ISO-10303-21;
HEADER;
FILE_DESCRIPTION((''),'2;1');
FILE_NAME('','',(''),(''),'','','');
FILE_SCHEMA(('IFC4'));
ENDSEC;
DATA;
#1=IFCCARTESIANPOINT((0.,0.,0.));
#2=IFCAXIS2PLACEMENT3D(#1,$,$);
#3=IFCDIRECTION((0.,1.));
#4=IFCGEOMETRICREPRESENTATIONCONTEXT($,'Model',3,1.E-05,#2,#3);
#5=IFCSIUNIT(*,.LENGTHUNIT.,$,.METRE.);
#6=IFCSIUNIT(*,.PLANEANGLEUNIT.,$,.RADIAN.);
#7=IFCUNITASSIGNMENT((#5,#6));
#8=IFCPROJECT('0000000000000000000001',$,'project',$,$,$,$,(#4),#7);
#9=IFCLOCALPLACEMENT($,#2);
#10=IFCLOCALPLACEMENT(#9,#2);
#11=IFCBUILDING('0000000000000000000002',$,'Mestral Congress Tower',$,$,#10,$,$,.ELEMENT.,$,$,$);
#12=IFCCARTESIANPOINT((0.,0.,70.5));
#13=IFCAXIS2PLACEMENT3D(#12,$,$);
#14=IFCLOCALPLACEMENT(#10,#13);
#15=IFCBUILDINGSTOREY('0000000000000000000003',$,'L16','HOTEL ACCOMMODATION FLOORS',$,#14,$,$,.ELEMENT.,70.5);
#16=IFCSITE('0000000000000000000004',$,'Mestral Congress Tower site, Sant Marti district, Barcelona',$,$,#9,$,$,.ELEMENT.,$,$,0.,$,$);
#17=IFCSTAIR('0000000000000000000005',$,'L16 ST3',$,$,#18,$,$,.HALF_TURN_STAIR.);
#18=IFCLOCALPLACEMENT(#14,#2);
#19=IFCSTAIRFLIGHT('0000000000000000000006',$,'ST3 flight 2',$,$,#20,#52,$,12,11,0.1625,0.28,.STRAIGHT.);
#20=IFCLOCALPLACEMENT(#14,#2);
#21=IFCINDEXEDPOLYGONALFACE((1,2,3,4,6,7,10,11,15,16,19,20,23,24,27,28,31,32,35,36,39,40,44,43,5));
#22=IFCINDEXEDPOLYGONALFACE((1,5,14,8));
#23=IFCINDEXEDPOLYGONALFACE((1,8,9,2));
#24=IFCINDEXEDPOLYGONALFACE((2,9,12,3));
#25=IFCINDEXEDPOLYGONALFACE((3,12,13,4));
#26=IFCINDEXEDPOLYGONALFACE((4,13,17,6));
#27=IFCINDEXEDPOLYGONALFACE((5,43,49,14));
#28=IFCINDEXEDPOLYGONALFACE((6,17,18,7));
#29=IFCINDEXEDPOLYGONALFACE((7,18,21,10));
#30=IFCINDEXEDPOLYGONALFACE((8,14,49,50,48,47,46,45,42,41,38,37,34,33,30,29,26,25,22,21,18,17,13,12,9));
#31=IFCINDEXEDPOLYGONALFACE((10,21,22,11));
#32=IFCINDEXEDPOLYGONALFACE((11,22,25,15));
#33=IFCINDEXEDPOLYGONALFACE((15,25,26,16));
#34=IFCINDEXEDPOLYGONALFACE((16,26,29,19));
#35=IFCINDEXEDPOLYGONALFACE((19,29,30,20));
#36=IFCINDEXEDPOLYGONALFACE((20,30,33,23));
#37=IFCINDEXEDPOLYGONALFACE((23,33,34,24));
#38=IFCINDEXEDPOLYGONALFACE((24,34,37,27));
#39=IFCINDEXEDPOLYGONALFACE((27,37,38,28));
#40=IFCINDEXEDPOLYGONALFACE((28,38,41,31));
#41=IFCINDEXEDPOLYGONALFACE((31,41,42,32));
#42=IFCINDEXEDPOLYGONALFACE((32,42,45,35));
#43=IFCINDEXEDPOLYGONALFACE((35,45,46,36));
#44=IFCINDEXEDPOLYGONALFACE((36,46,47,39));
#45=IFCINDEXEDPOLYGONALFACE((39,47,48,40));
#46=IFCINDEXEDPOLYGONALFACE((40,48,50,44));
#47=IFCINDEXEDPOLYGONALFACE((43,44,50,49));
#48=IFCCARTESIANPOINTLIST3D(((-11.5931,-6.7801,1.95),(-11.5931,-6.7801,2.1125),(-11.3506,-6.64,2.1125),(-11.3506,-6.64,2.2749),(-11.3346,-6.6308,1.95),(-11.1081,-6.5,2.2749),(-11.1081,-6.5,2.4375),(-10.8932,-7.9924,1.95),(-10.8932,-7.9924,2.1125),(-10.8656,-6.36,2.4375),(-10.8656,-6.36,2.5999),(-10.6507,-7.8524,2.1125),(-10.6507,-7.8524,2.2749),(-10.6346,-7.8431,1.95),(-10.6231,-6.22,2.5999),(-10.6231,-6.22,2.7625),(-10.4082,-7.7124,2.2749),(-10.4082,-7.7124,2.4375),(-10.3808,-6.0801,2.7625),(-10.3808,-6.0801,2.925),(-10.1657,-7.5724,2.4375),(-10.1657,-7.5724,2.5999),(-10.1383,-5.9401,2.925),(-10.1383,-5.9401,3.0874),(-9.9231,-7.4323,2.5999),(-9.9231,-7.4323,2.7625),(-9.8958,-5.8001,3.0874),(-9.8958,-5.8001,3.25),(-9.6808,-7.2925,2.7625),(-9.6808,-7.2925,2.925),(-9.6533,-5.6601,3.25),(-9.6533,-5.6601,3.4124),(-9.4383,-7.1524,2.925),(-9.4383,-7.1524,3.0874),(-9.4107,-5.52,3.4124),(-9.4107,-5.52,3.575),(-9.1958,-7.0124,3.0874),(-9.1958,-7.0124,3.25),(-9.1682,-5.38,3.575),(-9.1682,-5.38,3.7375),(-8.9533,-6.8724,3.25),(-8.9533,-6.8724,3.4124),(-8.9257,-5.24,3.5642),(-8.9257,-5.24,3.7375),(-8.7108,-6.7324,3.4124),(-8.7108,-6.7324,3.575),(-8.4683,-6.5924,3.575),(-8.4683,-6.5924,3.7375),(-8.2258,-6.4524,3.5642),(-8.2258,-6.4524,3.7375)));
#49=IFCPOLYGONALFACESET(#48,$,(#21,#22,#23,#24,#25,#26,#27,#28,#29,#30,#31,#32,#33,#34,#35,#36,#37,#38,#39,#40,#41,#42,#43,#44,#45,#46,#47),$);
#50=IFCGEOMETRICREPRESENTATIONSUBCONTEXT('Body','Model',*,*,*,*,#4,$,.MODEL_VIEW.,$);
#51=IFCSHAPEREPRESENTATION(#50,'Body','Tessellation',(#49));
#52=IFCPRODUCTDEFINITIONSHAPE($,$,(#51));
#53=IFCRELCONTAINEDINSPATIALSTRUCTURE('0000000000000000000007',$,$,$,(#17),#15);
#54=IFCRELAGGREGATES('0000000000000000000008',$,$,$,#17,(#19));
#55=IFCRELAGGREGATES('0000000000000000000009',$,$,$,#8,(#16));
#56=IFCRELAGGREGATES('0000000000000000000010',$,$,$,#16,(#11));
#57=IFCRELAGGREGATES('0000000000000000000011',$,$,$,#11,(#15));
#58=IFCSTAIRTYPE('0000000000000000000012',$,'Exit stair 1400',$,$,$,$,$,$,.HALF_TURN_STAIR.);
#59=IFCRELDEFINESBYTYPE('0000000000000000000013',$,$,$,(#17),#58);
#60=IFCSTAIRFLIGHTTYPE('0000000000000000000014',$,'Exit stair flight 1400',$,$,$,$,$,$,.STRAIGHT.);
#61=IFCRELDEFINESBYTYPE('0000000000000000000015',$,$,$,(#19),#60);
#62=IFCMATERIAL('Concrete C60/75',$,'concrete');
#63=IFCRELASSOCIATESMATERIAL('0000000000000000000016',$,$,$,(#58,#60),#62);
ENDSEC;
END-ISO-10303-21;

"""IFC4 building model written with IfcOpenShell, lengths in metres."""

from ifc_helpers import new_model, si_unit, direction, frame, origin, place, context, subcontext, project, spatial, polyline, outline, extrude, material, type_object, element, aggregate, save


model = new_model("IFC4")

# Units and contexts
model_context = context("Model", 3, precision=1e-05, world=origin(), true_north=direction((0.0, 1.0)))
body_context = subcontext(model_context, "Body", "Model", "MODEL_VIEW")
ifc_project = project(units=[si_unit("LENGTHUNIT", "METRE"), si_unit("PLANEANGLEUNIT", "RADIAN")], contexts=[model_context])

# Site, building, storey
site_placement = place(None, origin())
site = spatial("IfcSite", under=ifc_project, at=site_placement, Name="Mestral Congress Tower site, Sant Marti district, Barcelona", CompositionType="ELEMENT", RefElevation=0.0)
building_placement = place(site_placement, origin())
building = spatial("IfcBuilding", under=site, at=building_placement, Name="Mestral Congress Tower", CompositionType="ELEMENT")
storey_placement = place(building_placement, frame((0.0, 0.0, 70.5)))
storey = spatial("IfcBuildingStorey", under=building, at=storey_placement, Name="L16", Description="HOTEL ACCOMMODATION FLOORS", CompositionType="ELEMENT", Elevation=70.5)

# Shared definitions
ifc_material_1 = material(Name="Concrete C60/75", Category="concrete")

# Stair, stair flight
stair_type = type_object("IfcStairType", Name="Exit stair 1400", PredefinedType="HALF_TURN_STAIR", material=ifc_material_1)
stair_placement = place(storey_placement, origin())
stair = element("IfcStair", 1, at=stair_placement, inside=storey, type_object=stair_type, Name="L16 ST3", PredefinedType="HALF_TURN_STAIR")
stair_flight_type = type_object("IfcStairFlightType", Name="Exit stair flight 1400", PredefinedType="STRAIGHT", material=ifc_material_1)
stair_flight_1_placement = place(storey_placement, frame((-11.2432, -7.3862, 1.95), z_axis=(0.0, 0.0, 1.0), x_axis=(0.866025, 0.5, 0.0)))
stair_flight_1 = element("IfcStairFlight", 2, at=stair_flight_1_placement, type_object=stair_flight_type, Name="ST3 flight 2", NumberOfRisers=12, NumberOfTreads=11, PredefinedType="STRAIGHT", RiserHeight=0.1625, TreadLength=0.28, context=body_context, shape_type="SweptSolid", body=[
    extrude(outline(polyline([(0.0, 0.0), (0.0, 0.1626), (0.28, 0.1626), (0.28, 0.325), (0.5601, 0.325), (0.5601, 0.4875), (0.8401, 0.4875), (0.8401, 0.6499), (1.1201, 0.6499), (1.1201, 0.8125), (1.3999, 0.8125), (1.3999, 0.9751), (1.6799, 0.9751), (1.6799, 1.1375), (1.96, 1.1375), (1.96, 1.3), (2.24, 1.3), (2.24, 1.4624), (2.52, 1.4624), (2.52, 1.625), (2.8, 1.625), (2.8, 1.7876), (3.0801, 1.7876), (3.0801, 1.95), (3.0801, 1.6143), (0.2986, 0.0), (0.0, 0.0)])), frame((0.0, 0.7, 0.0), z_axis=(0.0, -1.0, 0.0), x_axis=(1.0, 0.0, 0.0)), (0.0, 0.0, 1.0), 1.3999),
])
aggregate(stair, [stair_flight_1])

save(model, "model.ifc")
